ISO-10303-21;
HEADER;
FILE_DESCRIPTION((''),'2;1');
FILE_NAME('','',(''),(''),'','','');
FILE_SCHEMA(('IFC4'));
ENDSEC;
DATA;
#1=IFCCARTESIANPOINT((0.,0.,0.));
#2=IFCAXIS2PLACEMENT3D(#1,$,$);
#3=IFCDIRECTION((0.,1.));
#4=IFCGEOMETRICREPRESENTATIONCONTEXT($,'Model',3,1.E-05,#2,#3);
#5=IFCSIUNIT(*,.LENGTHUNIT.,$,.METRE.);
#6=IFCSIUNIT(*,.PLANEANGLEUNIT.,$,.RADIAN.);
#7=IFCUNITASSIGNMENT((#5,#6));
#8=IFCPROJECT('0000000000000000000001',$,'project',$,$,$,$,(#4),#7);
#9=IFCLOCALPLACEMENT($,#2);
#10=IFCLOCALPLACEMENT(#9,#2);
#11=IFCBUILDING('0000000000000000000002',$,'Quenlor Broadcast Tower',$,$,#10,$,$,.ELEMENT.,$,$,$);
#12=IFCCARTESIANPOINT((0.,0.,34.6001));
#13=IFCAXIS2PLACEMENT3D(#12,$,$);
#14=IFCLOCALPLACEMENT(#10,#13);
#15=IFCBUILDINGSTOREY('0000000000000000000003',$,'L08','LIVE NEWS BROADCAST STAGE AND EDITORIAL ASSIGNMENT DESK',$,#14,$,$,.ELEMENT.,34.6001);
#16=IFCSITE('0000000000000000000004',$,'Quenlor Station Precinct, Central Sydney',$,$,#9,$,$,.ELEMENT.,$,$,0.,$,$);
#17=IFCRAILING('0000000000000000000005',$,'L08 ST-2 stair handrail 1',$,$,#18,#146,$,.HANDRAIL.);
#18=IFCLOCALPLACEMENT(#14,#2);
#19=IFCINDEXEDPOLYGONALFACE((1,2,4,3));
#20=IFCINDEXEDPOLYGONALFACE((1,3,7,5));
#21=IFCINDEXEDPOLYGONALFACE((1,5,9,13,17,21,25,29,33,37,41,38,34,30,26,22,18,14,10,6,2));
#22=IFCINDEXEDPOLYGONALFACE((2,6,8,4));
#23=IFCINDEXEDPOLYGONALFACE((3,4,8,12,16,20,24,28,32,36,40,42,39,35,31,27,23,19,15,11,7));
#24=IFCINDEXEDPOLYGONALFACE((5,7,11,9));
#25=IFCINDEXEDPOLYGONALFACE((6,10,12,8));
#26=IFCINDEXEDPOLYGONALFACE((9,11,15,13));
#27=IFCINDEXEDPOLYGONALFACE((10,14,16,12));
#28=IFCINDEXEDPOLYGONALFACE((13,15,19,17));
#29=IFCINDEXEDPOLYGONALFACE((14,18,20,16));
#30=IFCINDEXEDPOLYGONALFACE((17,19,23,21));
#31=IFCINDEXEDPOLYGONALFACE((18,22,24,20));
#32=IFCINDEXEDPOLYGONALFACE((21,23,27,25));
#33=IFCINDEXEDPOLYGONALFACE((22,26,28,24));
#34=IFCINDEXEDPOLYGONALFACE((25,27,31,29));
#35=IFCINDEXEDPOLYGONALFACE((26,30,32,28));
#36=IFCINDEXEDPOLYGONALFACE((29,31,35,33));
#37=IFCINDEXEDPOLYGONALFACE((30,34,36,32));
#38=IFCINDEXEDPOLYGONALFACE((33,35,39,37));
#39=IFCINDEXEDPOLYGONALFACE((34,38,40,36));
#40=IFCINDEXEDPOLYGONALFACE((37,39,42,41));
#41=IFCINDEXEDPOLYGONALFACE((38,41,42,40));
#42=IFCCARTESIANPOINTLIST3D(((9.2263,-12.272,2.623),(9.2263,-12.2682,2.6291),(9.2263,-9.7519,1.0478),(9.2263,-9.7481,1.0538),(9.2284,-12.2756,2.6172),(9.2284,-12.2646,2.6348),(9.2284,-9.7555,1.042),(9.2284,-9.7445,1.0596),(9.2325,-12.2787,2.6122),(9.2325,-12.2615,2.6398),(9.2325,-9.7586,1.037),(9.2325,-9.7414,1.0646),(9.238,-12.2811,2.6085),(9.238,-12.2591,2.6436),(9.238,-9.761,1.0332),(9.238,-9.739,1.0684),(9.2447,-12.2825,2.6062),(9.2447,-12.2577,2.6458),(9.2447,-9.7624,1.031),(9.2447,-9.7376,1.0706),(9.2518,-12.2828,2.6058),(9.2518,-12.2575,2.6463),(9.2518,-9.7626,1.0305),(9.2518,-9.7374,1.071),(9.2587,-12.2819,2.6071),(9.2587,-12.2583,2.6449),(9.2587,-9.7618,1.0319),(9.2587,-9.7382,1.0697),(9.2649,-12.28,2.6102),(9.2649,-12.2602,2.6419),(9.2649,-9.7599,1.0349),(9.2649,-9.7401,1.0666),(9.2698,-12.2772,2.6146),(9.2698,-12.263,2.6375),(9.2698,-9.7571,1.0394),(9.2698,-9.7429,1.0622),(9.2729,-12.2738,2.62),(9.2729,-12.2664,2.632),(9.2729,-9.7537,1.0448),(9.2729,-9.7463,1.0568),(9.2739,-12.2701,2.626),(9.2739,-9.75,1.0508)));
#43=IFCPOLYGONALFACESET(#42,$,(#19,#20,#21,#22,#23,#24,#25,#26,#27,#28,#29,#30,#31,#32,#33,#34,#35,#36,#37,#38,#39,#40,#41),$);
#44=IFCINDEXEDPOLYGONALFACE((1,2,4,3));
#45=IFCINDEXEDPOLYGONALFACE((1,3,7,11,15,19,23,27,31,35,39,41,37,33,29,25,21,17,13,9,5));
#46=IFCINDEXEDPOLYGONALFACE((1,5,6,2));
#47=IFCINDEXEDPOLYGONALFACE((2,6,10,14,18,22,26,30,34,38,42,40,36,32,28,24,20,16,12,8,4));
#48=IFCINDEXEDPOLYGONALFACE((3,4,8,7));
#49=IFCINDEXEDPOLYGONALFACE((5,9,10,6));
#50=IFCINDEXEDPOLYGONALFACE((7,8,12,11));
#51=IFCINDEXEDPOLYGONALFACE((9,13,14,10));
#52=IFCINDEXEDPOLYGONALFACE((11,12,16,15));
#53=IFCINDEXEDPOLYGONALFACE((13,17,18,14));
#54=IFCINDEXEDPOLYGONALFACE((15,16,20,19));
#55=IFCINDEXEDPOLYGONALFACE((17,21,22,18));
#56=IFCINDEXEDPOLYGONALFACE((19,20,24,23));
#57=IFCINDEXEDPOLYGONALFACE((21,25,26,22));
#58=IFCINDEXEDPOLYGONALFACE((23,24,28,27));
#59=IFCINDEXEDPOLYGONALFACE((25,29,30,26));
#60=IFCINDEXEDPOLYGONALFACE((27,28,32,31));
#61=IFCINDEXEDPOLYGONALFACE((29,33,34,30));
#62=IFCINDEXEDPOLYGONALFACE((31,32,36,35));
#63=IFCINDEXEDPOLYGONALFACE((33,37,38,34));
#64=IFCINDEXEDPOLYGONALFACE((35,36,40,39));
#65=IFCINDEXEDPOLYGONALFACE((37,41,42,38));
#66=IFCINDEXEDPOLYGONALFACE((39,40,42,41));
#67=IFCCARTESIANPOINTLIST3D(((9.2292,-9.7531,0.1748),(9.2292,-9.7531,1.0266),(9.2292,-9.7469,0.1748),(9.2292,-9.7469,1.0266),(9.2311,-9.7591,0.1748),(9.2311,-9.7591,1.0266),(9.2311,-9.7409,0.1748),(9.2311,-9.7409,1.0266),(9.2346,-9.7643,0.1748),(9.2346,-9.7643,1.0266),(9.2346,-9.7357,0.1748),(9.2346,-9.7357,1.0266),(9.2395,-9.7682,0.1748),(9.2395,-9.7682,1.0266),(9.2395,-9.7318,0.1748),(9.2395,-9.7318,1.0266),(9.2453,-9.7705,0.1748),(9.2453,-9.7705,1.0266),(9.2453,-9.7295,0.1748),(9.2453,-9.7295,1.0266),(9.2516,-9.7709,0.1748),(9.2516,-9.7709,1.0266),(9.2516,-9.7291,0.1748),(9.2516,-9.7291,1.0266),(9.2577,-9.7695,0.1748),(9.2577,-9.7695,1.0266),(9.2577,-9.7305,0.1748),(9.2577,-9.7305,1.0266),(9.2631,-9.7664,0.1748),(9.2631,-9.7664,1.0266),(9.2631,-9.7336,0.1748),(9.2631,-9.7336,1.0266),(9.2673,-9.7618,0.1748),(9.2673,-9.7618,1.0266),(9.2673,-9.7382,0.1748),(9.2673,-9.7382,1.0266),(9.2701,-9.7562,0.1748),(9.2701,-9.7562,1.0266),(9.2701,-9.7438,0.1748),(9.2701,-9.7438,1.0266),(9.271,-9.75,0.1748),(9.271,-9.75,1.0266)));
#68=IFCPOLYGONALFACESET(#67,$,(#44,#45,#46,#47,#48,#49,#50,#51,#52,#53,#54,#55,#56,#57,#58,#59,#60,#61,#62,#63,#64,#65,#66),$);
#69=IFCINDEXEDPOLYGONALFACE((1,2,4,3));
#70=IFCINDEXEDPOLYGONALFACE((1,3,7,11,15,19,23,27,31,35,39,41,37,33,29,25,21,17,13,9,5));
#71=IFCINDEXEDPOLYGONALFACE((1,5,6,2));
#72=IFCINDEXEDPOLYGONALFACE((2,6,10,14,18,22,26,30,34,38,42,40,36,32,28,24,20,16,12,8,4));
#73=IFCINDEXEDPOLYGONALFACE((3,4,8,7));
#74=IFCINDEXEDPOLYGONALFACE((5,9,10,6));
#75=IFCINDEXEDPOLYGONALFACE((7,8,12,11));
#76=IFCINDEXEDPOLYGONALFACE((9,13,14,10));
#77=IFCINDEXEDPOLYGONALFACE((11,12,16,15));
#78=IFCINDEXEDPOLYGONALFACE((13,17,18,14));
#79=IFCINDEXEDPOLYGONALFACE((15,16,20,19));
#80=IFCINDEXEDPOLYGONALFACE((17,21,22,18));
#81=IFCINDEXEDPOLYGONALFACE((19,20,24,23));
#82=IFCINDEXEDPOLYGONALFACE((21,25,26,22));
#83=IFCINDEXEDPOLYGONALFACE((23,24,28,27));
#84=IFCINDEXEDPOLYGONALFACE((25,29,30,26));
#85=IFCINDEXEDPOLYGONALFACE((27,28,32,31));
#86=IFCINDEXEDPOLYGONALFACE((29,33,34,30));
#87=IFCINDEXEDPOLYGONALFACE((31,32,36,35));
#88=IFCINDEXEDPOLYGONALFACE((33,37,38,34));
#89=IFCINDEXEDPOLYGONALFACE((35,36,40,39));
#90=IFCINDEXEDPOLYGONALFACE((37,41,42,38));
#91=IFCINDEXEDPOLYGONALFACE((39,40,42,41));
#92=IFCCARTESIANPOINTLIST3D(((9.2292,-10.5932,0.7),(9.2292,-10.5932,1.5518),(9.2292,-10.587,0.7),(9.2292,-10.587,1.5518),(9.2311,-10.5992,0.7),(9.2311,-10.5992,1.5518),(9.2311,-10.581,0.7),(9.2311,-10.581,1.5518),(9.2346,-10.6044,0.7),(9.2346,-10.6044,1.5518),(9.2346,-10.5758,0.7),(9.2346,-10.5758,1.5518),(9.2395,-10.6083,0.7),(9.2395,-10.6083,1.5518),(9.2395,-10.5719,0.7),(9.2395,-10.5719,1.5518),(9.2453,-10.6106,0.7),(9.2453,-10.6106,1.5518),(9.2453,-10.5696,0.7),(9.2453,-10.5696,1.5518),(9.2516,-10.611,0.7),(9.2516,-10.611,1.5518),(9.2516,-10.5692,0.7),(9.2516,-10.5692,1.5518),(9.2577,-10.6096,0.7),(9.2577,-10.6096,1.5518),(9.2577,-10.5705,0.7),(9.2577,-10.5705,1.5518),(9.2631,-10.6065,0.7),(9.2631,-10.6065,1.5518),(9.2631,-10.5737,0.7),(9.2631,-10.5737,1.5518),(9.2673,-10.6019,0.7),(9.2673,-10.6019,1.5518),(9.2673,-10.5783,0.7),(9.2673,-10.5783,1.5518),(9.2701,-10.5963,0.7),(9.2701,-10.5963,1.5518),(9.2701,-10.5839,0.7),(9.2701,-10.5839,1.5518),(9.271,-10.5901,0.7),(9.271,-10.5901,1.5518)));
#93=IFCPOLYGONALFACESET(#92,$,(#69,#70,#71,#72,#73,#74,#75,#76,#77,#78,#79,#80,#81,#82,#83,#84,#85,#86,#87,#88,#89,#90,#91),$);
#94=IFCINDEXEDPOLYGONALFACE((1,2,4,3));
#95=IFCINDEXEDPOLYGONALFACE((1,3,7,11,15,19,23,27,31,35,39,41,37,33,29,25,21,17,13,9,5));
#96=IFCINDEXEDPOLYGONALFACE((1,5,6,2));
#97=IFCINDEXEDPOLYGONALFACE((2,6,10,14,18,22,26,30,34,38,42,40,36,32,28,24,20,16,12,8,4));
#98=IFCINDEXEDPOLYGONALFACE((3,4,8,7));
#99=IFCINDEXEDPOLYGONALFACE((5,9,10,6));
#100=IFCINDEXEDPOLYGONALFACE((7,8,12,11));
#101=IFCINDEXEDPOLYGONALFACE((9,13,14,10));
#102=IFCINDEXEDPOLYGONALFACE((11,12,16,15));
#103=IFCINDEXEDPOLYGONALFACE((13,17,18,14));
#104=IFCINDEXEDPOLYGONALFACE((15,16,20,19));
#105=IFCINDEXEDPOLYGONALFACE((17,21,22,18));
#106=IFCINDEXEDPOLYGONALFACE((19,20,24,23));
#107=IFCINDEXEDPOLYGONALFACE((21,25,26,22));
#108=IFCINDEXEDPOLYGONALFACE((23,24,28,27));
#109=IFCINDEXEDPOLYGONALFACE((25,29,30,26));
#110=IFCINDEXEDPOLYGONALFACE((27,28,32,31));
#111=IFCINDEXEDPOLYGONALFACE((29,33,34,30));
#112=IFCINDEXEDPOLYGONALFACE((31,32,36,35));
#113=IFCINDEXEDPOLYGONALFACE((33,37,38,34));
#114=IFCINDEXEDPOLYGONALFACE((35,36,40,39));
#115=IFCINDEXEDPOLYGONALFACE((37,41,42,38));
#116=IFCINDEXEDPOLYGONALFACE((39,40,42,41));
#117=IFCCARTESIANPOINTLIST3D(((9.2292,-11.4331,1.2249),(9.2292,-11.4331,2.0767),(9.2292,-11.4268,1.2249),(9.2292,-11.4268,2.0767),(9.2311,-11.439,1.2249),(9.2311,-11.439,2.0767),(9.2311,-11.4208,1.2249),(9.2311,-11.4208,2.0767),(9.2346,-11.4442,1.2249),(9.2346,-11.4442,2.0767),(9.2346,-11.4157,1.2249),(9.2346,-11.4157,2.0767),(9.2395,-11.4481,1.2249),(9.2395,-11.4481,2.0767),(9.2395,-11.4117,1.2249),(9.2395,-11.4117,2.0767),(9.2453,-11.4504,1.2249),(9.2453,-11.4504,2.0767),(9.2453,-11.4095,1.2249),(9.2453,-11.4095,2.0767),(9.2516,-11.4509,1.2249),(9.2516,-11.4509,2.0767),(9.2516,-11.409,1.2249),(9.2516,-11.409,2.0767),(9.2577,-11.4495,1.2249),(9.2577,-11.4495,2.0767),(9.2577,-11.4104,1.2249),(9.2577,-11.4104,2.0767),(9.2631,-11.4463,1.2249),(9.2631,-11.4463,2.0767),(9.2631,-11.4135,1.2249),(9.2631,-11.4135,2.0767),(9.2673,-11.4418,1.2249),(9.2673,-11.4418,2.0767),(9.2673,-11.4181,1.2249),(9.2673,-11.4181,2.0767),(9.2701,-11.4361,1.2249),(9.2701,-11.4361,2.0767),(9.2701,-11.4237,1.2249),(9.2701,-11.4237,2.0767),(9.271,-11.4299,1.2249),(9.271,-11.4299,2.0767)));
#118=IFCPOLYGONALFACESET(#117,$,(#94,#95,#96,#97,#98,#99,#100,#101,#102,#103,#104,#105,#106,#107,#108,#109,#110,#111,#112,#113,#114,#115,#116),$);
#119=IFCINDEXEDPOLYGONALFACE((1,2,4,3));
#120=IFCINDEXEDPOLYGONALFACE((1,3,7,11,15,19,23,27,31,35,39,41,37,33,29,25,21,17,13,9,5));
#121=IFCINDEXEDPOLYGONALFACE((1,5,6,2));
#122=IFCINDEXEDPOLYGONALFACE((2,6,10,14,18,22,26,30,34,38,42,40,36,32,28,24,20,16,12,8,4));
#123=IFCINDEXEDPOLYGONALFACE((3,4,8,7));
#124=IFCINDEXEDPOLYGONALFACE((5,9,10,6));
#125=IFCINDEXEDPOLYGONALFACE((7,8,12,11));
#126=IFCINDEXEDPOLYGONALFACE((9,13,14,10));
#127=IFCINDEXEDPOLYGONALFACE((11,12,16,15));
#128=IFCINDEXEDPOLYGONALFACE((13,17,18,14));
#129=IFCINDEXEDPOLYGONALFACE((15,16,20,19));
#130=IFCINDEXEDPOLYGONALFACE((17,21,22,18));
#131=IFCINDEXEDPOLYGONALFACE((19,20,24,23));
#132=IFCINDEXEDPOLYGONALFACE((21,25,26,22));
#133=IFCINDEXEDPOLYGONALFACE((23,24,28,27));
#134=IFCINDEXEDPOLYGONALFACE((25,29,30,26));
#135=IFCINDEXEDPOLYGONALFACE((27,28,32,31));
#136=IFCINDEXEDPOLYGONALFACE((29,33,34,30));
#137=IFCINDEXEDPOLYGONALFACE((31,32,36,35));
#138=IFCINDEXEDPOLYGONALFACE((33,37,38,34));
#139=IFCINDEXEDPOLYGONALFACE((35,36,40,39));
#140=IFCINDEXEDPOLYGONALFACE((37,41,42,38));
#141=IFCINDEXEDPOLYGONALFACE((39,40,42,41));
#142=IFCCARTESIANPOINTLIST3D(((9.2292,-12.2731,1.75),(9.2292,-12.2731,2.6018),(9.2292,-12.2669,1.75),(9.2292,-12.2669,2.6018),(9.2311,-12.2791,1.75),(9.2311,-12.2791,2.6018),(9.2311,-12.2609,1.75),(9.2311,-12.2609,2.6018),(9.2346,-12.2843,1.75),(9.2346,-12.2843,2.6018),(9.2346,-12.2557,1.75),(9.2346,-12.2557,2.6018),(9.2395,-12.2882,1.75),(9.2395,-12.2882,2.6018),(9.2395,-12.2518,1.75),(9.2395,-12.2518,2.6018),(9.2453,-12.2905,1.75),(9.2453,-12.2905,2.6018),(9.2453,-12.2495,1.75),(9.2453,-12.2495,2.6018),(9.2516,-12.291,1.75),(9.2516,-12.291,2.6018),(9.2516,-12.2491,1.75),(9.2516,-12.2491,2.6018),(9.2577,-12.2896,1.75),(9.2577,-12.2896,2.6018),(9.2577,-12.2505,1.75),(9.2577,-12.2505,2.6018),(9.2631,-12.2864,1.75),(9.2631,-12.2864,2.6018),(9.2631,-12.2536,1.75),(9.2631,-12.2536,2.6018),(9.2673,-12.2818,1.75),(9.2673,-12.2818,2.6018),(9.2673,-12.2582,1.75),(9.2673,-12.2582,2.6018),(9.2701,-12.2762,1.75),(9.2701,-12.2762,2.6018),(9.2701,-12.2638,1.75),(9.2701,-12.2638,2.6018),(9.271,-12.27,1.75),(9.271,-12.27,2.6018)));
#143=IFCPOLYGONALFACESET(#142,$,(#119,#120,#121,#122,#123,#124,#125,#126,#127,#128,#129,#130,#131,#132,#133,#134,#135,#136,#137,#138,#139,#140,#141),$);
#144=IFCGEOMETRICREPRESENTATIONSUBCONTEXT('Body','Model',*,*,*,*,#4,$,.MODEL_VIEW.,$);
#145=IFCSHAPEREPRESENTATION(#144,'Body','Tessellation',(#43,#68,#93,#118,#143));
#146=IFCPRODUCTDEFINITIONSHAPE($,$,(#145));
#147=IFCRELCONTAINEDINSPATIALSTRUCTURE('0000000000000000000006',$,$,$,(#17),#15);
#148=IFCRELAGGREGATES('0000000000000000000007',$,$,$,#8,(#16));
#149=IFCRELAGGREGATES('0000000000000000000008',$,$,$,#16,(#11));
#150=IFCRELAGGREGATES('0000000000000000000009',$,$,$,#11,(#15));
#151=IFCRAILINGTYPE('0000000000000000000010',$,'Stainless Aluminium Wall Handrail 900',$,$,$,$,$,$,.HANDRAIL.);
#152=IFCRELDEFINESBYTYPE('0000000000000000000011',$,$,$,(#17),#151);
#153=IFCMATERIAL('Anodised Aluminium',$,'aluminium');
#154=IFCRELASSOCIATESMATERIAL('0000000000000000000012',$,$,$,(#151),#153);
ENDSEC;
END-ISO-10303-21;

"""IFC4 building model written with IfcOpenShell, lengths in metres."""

from ifc_helpers import new_model, si_unit, direction, frame, origin, origin_2d, place, context, subcontext, project, spatial, circle, extrude, material, type_object, element, save


model = new_model("IFC4")

# Units and contexts
model_context = context("Model", 3, precision=1e-05, world=origin(), true_north=direction((0.0, 1.0)))
body_context = subcontext(model_context, "Body", "Model", "MODEL_VIEW")
ifc_project = project(units=[si_unit("LENGTHUNIT", "METRE"), si_unit("PLANEANGLEUNIT", "RADIAN")], contexts=[model_context])

# Site, building, storey
site_placement = place(None, origin())
site = spatial("IfcSite", under=ifc_project, at=site_placement, Name="Quenlor Station Precinct, Central Sydney", CompositionType="ELEMENT", RefElevation=0.0)
building_placement = place(site_placement, origin())
building = spatial("IfcBuilding", under=site, at=building_placement, Name="Quenlor Broadcast Tower", CompositionType="ELEMENT")
storey_placement = place(building_placement, frame((0.0, 0.0, 34.6001)))
storey = spatial("IfcBuildingStorey", under=building, at=storey_placement, Name="L08", Description="LIVE NEWS BROADCAST STAGE AND EDITORIAL ASSIGNMENT DESK", CompositionType="ELEMENT", Elevation=34.6001)

# Railing
ifc_material_1 = material(Name="Anodised Aluminium", Category="aluminium")
railing_type_1 = type_object("IfcRailingType", Name="Stainless Aluminium Wall Handrail 900", PredefinedType="HANDRAIL", material=ifc_material_1)
railing_1_placement = place(storey_placement, frame((9.25, -9.75, 0.1748)))
element("IfcRailing", 1, at=railing_1_placement, inside=storey, type_object=railing_type_1, Name="L08 ST-2 stair handrail 1", PredefinedType="HANDRAIL", context=body_context, shape_type="SweptSolid", body=[
    extrude(circle(Radius=0.0239, at=origin_2d()), frame((0.0, 0.0, 0.876), z_axis=(0.0, -0.847971, 0.530043), x_axis=(1.0, 0.0, 0.0)), (0.0, 0.0, 1.0), 2.9719),
    extrude(circle(Radius=0.021, at=origin_2d()), origin(), (0.0, 0.0, 1.0), 0.8518),
    extrude(circle(Radius=0.021, at=origin_2d()), frame((0.0, -0.8401, 0.5251)), (0.0, 0.0, 1.0), 0.8518),
    extrude(circle(Radius=0.021, at=origin_2d()), frame((0.0, -1.6799, 1.05)), (0.0, 0.0, 1.0), 0.8518),
    extrude(circle(Radius=0.021, at=origin_2d()), frame((0.0, -2.52, 1.5752)), (0.0, 0.0, 1.0), 0.8518),
])

save(model, "model.ifc")
